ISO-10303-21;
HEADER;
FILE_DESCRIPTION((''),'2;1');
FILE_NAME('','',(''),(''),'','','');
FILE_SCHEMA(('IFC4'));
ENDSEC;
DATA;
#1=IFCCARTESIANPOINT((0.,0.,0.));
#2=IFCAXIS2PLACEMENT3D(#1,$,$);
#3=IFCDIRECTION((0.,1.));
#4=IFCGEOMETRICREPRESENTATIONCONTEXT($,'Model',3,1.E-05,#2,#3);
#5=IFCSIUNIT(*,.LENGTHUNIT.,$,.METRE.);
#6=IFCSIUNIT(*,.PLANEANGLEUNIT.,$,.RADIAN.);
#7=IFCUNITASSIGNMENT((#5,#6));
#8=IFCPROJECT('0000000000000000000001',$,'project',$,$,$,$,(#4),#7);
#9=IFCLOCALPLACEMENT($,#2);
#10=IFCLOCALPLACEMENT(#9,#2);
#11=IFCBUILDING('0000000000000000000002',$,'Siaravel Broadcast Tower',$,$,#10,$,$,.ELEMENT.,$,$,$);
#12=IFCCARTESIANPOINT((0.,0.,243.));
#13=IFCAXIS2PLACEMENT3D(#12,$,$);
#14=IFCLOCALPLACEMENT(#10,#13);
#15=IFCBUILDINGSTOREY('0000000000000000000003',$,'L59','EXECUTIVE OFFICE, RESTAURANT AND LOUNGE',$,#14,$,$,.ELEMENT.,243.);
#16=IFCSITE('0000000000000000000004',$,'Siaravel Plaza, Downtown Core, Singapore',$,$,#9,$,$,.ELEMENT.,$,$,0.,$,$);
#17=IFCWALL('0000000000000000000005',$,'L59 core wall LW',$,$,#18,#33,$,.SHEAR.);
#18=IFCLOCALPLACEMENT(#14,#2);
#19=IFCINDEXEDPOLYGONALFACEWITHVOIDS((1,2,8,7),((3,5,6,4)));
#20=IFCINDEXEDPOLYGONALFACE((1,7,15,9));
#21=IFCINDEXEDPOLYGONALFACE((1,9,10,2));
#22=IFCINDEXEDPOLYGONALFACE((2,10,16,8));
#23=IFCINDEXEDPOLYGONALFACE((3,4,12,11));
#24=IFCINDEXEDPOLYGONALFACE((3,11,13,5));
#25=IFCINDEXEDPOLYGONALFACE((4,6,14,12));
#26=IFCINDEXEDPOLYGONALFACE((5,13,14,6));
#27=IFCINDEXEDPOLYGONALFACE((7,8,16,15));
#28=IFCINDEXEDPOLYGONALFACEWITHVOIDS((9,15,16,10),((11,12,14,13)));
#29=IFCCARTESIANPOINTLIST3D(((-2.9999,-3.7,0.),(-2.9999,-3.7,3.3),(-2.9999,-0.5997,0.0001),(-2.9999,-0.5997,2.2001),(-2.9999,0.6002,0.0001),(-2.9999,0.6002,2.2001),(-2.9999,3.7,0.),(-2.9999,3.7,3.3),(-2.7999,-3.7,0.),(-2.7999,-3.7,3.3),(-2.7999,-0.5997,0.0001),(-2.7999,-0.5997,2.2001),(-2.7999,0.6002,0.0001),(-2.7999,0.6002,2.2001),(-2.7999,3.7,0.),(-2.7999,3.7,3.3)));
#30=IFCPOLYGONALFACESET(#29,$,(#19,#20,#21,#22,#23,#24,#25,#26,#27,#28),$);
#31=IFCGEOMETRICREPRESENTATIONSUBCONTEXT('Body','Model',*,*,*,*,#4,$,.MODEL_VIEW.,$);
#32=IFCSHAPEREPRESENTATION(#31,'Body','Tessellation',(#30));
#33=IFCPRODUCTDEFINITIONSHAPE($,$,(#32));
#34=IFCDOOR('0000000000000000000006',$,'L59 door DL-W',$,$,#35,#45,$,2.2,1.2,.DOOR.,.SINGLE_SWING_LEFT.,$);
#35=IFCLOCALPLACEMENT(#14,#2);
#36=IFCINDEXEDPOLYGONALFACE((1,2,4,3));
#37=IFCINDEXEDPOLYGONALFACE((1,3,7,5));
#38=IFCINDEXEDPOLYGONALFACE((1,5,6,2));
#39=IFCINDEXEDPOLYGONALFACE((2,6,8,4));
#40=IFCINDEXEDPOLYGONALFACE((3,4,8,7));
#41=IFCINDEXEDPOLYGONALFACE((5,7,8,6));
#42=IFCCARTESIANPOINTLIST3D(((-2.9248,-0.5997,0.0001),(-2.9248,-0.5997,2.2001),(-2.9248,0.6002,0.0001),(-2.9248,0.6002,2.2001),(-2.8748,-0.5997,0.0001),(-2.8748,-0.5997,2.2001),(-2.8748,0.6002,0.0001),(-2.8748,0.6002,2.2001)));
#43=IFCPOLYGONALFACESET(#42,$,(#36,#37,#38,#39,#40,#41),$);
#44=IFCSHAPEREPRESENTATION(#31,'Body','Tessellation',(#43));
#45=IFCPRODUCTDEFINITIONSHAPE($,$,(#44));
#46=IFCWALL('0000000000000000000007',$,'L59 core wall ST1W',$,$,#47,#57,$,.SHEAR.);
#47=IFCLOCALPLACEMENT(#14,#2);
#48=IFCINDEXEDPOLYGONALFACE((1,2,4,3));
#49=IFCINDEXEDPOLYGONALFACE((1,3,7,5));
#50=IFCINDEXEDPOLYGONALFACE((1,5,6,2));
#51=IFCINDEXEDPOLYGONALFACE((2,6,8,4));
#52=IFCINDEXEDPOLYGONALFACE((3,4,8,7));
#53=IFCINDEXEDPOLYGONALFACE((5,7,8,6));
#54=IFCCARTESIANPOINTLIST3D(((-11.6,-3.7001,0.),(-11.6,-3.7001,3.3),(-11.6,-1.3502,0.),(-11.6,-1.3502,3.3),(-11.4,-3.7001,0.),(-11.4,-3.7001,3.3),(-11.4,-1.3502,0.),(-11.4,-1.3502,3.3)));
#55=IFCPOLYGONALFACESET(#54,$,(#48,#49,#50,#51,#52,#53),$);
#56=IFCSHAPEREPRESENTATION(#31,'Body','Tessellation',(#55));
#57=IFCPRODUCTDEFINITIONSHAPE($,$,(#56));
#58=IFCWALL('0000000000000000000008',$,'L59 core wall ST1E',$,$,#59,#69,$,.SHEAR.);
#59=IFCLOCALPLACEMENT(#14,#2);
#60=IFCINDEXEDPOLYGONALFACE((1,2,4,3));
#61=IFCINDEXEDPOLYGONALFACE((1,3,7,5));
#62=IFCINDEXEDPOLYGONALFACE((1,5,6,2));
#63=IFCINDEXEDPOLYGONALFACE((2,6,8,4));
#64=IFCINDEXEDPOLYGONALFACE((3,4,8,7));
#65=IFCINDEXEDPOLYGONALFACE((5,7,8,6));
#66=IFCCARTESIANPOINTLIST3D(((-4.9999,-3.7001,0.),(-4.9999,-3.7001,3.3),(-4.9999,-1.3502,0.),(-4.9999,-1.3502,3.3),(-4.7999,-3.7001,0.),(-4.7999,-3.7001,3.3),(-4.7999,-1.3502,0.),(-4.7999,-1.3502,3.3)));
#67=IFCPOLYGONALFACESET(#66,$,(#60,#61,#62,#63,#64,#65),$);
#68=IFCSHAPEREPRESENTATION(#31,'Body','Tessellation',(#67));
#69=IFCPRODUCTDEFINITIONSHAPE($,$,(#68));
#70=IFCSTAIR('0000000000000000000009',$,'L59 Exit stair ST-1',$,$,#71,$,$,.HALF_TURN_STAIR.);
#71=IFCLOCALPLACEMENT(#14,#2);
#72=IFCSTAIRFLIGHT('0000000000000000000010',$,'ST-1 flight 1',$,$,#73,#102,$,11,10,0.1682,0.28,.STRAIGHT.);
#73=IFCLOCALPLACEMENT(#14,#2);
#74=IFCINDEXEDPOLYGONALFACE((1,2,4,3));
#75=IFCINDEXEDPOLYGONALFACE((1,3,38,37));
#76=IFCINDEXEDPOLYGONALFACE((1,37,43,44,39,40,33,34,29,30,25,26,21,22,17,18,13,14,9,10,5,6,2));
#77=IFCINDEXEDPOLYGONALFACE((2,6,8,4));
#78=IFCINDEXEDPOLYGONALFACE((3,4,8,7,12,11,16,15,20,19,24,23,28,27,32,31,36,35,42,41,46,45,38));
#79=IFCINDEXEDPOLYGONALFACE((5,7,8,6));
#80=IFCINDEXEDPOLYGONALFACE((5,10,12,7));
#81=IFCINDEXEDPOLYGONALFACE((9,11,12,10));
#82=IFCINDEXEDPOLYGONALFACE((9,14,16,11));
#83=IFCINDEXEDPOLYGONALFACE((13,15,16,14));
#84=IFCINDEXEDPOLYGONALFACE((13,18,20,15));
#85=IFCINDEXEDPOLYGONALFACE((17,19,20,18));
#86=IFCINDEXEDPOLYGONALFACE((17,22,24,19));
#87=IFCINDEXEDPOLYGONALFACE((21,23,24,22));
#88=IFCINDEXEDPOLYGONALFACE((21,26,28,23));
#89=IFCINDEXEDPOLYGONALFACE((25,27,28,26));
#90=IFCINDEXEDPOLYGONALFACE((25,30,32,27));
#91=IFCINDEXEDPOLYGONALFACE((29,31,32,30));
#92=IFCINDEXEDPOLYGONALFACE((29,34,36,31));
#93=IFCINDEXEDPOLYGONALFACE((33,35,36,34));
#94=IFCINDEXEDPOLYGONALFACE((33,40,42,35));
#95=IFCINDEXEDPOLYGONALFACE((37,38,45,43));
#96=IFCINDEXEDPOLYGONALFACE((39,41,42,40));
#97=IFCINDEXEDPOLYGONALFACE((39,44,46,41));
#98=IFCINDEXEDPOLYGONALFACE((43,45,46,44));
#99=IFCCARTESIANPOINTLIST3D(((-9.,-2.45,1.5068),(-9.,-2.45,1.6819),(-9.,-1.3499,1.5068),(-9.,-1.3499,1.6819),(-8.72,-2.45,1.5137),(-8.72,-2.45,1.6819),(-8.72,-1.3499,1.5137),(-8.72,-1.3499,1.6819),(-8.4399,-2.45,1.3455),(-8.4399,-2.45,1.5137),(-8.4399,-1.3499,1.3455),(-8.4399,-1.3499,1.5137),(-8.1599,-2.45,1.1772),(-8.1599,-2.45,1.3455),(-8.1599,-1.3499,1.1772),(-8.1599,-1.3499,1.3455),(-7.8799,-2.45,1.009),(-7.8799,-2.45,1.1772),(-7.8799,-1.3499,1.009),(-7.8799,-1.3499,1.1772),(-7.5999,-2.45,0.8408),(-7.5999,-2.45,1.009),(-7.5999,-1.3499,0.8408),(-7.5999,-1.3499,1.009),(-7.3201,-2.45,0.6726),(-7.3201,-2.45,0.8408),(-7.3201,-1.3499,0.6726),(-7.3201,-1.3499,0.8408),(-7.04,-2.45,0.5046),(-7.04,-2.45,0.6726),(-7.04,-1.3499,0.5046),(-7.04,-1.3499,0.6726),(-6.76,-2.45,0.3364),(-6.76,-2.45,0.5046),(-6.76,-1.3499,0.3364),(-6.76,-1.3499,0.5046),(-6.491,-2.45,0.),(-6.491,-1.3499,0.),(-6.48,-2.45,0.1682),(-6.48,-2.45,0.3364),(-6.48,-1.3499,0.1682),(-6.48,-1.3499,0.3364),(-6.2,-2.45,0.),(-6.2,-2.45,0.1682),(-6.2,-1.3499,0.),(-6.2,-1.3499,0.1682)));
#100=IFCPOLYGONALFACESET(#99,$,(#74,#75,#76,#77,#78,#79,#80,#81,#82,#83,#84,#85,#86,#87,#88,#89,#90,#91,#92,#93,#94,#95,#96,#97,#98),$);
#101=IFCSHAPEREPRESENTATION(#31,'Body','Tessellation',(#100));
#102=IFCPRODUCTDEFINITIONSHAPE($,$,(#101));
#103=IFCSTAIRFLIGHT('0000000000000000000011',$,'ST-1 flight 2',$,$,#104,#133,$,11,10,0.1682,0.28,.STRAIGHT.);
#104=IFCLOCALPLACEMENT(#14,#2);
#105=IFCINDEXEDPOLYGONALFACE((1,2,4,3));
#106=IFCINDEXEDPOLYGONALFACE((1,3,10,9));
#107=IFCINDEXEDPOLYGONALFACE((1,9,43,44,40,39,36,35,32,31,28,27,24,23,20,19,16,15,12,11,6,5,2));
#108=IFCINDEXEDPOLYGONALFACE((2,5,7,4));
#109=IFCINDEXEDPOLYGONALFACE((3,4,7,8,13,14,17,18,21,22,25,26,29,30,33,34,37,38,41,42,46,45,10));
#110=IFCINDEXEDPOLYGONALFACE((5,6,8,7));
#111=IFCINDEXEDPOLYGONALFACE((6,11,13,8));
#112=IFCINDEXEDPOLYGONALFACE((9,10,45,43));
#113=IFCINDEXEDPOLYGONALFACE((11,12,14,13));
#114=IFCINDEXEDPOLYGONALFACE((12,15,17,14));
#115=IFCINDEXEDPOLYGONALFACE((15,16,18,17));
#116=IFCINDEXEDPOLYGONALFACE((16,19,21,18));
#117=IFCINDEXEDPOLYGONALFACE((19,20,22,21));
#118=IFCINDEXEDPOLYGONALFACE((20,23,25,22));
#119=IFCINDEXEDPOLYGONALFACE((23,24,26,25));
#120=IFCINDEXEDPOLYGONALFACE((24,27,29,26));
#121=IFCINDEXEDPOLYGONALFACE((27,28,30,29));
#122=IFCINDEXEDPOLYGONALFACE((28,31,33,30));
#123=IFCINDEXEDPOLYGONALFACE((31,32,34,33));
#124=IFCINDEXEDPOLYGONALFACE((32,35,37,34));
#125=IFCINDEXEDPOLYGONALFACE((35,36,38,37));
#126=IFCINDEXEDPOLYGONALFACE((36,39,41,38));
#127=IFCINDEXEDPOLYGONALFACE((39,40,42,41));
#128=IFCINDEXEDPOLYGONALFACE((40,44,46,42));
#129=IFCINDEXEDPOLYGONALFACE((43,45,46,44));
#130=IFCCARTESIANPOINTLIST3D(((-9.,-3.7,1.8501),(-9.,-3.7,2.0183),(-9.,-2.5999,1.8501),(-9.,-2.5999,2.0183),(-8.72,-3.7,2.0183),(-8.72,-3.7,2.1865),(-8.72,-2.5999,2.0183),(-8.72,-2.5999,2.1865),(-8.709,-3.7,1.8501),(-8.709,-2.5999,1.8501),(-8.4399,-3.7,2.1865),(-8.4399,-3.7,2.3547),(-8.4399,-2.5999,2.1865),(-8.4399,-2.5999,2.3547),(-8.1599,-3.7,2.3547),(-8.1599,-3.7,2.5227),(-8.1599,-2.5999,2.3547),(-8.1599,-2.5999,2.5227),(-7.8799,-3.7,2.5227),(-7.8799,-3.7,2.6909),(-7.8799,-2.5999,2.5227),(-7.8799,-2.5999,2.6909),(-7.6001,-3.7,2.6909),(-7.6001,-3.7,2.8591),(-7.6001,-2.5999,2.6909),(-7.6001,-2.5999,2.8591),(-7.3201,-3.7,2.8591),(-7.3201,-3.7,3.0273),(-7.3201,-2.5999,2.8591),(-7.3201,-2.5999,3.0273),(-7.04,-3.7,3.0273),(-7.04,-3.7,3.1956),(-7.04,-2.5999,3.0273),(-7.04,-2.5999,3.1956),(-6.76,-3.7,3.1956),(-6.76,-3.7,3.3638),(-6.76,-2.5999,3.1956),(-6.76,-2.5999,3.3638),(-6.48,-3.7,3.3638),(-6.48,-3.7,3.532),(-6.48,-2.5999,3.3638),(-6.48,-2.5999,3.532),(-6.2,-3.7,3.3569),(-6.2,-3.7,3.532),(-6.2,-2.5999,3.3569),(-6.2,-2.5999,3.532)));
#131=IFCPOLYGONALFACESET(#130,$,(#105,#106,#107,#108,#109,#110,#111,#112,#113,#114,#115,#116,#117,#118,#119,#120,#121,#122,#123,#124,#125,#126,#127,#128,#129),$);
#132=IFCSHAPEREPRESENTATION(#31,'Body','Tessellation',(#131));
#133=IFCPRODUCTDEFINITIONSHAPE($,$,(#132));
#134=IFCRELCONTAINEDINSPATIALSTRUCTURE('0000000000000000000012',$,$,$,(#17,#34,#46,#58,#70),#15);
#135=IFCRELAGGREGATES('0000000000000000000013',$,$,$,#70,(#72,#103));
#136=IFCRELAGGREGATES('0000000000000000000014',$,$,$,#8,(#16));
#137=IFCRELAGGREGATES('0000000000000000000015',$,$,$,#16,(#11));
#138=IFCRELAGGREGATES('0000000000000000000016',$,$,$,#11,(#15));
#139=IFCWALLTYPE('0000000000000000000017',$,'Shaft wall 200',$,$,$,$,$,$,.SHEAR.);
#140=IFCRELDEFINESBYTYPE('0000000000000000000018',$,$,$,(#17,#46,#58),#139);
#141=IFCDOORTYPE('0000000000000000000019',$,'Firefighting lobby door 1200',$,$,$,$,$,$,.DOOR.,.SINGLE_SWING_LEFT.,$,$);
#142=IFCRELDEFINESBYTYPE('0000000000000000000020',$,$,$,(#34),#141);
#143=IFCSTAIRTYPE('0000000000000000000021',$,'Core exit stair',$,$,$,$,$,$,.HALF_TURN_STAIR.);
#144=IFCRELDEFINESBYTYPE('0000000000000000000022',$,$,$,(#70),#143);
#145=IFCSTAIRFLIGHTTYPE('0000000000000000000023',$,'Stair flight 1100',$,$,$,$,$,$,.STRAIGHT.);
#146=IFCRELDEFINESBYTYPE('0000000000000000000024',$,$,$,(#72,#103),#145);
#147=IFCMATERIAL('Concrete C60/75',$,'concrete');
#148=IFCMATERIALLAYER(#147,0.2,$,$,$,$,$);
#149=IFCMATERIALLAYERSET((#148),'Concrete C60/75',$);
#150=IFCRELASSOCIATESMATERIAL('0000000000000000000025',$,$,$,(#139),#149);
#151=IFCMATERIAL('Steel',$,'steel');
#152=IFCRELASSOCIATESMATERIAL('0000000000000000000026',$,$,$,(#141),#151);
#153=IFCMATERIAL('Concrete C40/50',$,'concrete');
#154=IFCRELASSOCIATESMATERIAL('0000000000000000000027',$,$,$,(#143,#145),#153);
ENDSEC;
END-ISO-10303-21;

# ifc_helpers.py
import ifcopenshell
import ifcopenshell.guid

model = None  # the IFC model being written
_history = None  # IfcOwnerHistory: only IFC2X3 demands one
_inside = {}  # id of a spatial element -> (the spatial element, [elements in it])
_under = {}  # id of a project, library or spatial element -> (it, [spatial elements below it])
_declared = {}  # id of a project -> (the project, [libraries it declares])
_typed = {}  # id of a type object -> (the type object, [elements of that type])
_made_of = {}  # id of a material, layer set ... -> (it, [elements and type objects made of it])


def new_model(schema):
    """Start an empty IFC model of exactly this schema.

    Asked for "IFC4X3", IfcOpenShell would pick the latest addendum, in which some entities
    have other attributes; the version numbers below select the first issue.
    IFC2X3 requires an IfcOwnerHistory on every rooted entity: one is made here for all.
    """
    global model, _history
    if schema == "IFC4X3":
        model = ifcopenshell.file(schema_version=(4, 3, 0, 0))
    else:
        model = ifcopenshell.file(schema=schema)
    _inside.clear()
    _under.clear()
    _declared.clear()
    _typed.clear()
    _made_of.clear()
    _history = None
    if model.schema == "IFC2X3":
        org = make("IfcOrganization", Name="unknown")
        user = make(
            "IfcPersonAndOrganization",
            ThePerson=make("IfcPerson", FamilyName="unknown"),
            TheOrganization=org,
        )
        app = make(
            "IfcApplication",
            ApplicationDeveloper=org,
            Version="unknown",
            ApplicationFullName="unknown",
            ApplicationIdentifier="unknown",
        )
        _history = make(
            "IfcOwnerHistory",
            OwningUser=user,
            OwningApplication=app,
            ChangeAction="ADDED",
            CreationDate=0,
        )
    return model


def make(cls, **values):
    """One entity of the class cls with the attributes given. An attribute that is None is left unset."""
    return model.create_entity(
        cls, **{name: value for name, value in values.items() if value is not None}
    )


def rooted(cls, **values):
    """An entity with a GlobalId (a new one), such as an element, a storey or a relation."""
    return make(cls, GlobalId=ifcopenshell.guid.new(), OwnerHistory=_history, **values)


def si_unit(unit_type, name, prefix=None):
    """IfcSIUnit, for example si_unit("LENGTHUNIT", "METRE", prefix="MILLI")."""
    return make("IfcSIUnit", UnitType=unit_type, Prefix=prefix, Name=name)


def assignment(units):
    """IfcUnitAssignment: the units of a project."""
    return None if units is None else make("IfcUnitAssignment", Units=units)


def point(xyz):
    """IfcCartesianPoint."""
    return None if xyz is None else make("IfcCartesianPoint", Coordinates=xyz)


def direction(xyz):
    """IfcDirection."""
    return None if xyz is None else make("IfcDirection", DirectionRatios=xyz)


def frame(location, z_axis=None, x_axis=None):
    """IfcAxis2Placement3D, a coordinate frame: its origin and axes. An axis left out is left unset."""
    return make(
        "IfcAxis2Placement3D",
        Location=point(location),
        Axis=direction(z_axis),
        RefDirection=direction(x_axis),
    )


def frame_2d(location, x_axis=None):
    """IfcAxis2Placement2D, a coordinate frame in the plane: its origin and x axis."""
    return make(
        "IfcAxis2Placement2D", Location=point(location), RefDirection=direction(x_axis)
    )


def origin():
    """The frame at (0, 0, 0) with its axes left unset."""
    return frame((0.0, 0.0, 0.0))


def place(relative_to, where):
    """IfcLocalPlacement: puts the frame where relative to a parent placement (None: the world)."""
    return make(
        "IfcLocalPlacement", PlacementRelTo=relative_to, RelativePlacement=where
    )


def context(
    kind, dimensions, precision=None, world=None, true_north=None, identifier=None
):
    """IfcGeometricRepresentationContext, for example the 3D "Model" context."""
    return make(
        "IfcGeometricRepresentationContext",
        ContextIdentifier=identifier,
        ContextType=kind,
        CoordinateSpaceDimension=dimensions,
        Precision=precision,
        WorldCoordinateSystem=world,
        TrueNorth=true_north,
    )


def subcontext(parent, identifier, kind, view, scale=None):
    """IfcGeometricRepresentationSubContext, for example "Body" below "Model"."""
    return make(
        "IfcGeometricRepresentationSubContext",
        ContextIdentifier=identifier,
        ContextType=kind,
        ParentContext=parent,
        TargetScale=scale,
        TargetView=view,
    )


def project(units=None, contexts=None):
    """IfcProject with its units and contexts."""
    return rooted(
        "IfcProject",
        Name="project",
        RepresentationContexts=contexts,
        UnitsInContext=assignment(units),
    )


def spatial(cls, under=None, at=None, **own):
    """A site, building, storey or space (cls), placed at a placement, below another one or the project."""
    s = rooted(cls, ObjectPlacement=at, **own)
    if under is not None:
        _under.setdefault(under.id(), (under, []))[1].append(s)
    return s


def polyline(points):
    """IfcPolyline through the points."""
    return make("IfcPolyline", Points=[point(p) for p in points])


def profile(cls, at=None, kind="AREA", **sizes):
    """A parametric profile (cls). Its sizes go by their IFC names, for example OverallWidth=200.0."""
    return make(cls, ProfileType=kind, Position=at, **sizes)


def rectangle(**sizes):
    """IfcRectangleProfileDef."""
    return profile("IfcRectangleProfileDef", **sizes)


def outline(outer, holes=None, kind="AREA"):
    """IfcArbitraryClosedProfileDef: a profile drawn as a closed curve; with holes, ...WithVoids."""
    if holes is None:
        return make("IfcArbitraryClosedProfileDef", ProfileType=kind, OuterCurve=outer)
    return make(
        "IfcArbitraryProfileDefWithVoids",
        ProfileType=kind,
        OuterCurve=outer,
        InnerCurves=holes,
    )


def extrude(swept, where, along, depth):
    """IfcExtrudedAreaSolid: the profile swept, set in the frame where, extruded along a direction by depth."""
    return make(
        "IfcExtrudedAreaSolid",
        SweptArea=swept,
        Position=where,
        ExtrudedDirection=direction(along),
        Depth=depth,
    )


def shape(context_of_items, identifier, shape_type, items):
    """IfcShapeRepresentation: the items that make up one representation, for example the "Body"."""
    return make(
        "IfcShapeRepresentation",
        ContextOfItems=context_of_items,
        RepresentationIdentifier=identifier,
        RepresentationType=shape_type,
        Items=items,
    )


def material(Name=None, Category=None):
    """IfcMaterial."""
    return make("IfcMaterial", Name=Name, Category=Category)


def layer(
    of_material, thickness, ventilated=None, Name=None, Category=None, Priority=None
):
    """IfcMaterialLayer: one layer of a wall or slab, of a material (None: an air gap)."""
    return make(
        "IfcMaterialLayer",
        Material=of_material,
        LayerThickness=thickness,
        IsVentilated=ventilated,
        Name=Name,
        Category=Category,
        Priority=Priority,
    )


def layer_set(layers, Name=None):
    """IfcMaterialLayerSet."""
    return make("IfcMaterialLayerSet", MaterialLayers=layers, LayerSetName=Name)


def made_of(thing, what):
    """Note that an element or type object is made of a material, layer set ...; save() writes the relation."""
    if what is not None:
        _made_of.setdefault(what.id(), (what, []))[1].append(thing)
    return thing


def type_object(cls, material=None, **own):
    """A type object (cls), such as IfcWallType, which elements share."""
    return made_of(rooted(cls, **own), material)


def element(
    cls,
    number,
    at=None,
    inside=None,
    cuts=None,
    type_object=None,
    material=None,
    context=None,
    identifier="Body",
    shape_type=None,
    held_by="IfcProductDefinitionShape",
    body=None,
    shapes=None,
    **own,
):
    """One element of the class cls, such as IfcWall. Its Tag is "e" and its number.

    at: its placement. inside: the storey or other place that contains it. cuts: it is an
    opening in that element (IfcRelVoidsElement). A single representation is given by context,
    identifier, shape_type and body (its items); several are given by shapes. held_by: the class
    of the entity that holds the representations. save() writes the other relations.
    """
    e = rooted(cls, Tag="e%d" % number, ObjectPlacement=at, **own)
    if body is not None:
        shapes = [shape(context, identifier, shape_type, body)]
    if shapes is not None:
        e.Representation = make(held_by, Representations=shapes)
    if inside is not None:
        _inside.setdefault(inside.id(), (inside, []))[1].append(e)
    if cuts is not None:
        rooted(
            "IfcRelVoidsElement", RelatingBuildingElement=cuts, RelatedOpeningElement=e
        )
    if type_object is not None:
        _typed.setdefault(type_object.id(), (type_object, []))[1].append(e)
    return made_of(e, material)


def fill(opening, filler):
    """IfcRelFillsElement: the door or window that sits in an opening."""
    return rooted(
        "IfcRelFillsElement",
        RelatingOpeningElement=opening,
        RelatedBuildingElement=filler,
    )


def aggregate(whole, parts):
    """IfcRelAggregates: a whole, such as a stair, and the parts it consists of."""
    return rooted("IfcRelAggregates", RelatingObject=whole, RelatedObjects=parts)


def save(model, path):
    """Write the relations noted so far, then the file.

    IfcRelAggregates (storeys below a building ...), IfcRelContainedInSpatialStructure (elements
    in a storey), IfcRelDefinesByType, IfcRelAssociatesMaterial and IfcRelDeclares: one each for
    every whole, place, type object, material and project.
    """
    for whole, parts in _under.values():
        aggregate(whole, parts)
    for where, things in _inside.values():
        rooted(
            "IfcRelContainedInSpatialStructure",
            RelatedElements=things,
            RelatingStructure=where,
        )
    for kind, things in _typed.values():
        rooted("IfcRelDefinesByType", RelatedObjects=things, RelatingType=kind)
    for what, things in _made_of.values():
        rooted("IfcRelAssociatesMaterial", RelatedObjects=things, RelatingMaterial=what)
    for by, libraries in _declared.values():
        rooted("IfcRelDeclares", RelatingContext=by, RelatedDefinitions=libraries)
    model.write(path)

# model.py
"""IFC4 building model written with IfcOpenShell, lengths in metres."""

from ifc_helpers import new_model, si_unit, direction, frame, frame_2d, origin, place, context, subcontext, project, spatial, polyline, rectangle, outline, extrude, material, layer, layer_set, type_object, element, fill, aggregate, save


model = new_model("IFC4")

# Units and contexts
model_context = context("Model", 3, precision=1e-05, world=origin(), true_north=direction((0.0, 1.0)))
body_context = subcontext(model_context, "Body", "Model", "MODEL_VIEW")
ifc_project = project(units=[si_unit("LENGTHUNIT", "METRE"), si_unit("PLANEANGLEUNIT", "RADIAN")], contexts=[model_context])

# Site, building, storey
site_placement = place(None, origin())
site = spatial("IfcSite", under=ifc_project, at=site_placement, Name="Siaravel Plaza, Downtown Core, Singapore", CompositionType="ELEMENT", RefElevation=0.0)
building_placement = place(site_placement, origin())
building = spatial("IfcBuilding", under=site, at=building_placement, Name="Siaravel Broadcast Tower", CompositionType="ELEMENT")
storey_placement = place(building_placement, frame((0.0, 0.0, 243.0)))
storey = spatial("IfcBuildingStorey", under=building, at=storey_placement, Name="L59", Description="EXECUTIVE OFFICE, RESTAURANT AND LOUNGE", CompositionType="ELEMENT", Elevation=243.0)

# Shared definitions
ifc_material_1 = material(Name="Concrete C60/75", Category="concrete")
ifc_material_2 = material(Name="Steel", Category="steel")

# Shared definitions
ifc_layer_1 = layer(ifc_material_1, 0.2)
ifc_layer_set_1 = layer_set([ifc_layer_1], Name="Concrete C60/75")
wall_type_1 = type_object("IfcWallType", Name="Shaft wall 200", PredefinedType="SHEAR", material=ifc_layer_set_1)

# Wall, opening, door
wall_1_placement = place(storey_placement, frame((-2.8999, -3.7, 0.0), z_axis=(0.0, 0.0, 1.0), x_axis=(0.0, 1.0, 0.0)))
wall_1 = element("IfcWall", 1, at=wall_1_placement, inside=storey, type_object=wall_type_1, Name="L59 core wall LW", PredefinedType="SHEAR", context=body_context, shape_type="SweptSolid", body=[
    extrude(rectangle(XDim=7.3999, YDim=0.2, at=frame_2d((3.7, 0.0))), origin(), (0.0, 0.0, 1.0), 3.3),
])
opening_1_placement = place(wall_1_placement, frame((3.1001, 0.0, 0.0)))
opening_1 = element("IfcOpeningElement", 2, at=opening_1_placement, cuts=wall_1, PredefinedType="OPENING", context=body_context, shape_type="SweptSolid", body=[
    extrude(rectangle(XDim=1.2, YDim=2.2, at=frame_2d((0.6001, 1.1001))), frame((0.0, 0.1099, 0.0), z_axis=(0.0, -1.0, 0.0), x_axis=(1.0, 0.0, 0.0)), (0.0, 0.0, 1.0), 0.22),
])
door_type_1 = type_object("IfcDoorType", Name="Firefighting lobby door 1200", OperationType="SINGLE_SWING_LEFT", PredefinedType="DOOR", material=ifc_material_2)
door_1_placement = place(opening_1_placement, origin())
door_1 = element("IfcDoor", 3, at=door_1_placement, inside=storey, type_object=door_type_1, Name="L59 door DL-W", OperationType="SINGLE_SWING_LEFT", OverallHeight=2.2, OverallWidth=1.2, PredefinedType="DOOR", context=body_context, shape_type="SweptSolid", body=[
    extrude(rectangle(XDim=1.2, YDim=2.2, at=frame_2d((0.6001, 1.1001))), frame((0.0, 0.0249, 0.0), z_axis=(0.0, -1.0, 0.0), x_axis=(1.0, 0.0, 0.0)), (0.0, 0.0, 1.0), 0.05),
])
fill(opening_1, door_1)

# Walls
for number, where, z_axis, x_axis, name in (
    (4, (-11.5, -3.7, 0.0), (0.0, 0.0, 1.0), (0.0, 1.0, 0.0), "L59 core wall ST1W"),
    (5, (-4.8999, -3.7, 0.0), (0.0, 0.0, 1.0), (0.0, 1.0, 0.0), "L59 core wall ST1E"),
):
    element("IfcWall", number, at=place(storey_placement, frame(where, z_axis=z_axis, x_axis=x_axis)), inside=storey, type_object=wall_type_1, Name=name, PredefinedType="SHEAR", context=body_context, shape_type="SweptSolid", body=[
        extrude(rectangle(XDim=2.3499, YDim=0.2, at=frame_2d((1.1748, 0.0))), origin(), (0.0, 0.0, 1.0), 3.3),
    ])

# Stair, stair flights
ifc_material_3 = material(Name="Concrete C40/50", Category="concrete")
stair_type = type_object("IfcStairType", Name="Core exit stair", PredefinedType="HALF_TURN_STAIR", material=ifc_material_3)
stair_placement = place(storey_placement, origin())
stair = element("IfcStair", 6, at=stair_placement, inside=storey, type_object=stair_type, Name="L59 Exit stair ST-1", PredefinedType="HALF_TURN_STAIR")
stair_flight_type = type_object("IfcStairFlightType", Name="Stair flight 1100", PredefinedType="STRAIGHT", material=ifc_material_3)
stair_flight_1_placement = place(storey_placement, frame((-6.2, -1.8999, 0.0), z_axis=(0.0, 0.0, 1.0), x_axis=(-1.0, 0.0, 0.0)))
stair_flight_1 = element("IfcStairFlight", 7, at=stair_flight_1_placement, type_object=stair_flight_type, Name="ST-1 flight 1", NumberOfRisers=11, NumberOfTreads=10, PredefinedType="STRAIGHT", RiserHeight=0.1682, TreadLength=0.28, context=body_context, shape_type="SweptSolid", body=[
    extrude(outline(polyline([(0.0, 0.0), (0.0, 0.1682), (0.28, 0.1682), (0.28, 0.3364), (0.5601, 0.3364), (0.5601, 0.5046), (0.8401, 0.5046), (0.8401, 0.6726), (1.1201, 0.6726), (1.1201, 0.8408), (1.3999, 0.8408), (1.3999, 1.009), (1.6799, 1.009), (1.6799, 1.1772), (1.96, 1.1772), (1.96, 1.3455), (2.24, 1.3455), (2.24, 1.5137), (2.52, 1.5137), (2.52, 1.6819), (2.8, 1.6819), (2.8, 1.8501), (2.8, 1.5068), (0.291, 0.0), (0.0, 0.0)])), frame((0.0, 0.55, 0.0), z_axis=(0.0, -1.0, 0.0), x_axis=(1.0, 0.0, 0.0)), (0.0, 0.0, 1.0), 1.1001),
])
stair_flight_2_placement = place(storey_placement, frame((-9.0, -3.1499, 1.8501), z_axis=(0.0, 0.0, 1.0), x_axis=(1.0, 0.0, 0.0)))
stair_flight_2 = element("IfcStairFlight", 8, at=stair_flight_2_placement, type_object=stair_flight_type, Name="ST-1 flight 2", NumberOfRisers=11, NumberOfTreads=10, PredefinedType="STRAIGHT", RiserHeight=0.1682, TreadLength=0.28, context=body_context, shape_type="SweptSolid", body=[
    extrude(outline(polyline([(0.0, 0.0), (0.0, 0.1682), (0.28, 0.1682), (0.28, 0.3364), (0.5601, 0.3364), (0.5601, 0.5046), (0.8401, 0.5046), (0.8401, 0.6726), (1.1201, 0.6726), (1.1201, 0.8408), (1.3999, 0.8408), (1.3999, 1.009), (1.6799, 1.009), (1.6799, 1.1772), (1.96, 1.1772), (1.96, 1.3455), (2.24, 1.3455), (2.24, 1.5137), (2.52, 1.5137), (2.52, 1.6819), (2.8, 1.6819), (2.8, 1.8501), (2.8, 1.5068), (0.291, 0.0), (0.0, 0.0)])), frame((0.0, 0.55, 0.0), z_axis=(0.0, -1.0, 0.0), x_axis=(1.0, 0.0, 0.0)), (0.0, 0.0, 1.0), 1.1001),
])
aggregate(stair, [stair_flight_1, stair_flight_2])

save(model, "model.ifc")
